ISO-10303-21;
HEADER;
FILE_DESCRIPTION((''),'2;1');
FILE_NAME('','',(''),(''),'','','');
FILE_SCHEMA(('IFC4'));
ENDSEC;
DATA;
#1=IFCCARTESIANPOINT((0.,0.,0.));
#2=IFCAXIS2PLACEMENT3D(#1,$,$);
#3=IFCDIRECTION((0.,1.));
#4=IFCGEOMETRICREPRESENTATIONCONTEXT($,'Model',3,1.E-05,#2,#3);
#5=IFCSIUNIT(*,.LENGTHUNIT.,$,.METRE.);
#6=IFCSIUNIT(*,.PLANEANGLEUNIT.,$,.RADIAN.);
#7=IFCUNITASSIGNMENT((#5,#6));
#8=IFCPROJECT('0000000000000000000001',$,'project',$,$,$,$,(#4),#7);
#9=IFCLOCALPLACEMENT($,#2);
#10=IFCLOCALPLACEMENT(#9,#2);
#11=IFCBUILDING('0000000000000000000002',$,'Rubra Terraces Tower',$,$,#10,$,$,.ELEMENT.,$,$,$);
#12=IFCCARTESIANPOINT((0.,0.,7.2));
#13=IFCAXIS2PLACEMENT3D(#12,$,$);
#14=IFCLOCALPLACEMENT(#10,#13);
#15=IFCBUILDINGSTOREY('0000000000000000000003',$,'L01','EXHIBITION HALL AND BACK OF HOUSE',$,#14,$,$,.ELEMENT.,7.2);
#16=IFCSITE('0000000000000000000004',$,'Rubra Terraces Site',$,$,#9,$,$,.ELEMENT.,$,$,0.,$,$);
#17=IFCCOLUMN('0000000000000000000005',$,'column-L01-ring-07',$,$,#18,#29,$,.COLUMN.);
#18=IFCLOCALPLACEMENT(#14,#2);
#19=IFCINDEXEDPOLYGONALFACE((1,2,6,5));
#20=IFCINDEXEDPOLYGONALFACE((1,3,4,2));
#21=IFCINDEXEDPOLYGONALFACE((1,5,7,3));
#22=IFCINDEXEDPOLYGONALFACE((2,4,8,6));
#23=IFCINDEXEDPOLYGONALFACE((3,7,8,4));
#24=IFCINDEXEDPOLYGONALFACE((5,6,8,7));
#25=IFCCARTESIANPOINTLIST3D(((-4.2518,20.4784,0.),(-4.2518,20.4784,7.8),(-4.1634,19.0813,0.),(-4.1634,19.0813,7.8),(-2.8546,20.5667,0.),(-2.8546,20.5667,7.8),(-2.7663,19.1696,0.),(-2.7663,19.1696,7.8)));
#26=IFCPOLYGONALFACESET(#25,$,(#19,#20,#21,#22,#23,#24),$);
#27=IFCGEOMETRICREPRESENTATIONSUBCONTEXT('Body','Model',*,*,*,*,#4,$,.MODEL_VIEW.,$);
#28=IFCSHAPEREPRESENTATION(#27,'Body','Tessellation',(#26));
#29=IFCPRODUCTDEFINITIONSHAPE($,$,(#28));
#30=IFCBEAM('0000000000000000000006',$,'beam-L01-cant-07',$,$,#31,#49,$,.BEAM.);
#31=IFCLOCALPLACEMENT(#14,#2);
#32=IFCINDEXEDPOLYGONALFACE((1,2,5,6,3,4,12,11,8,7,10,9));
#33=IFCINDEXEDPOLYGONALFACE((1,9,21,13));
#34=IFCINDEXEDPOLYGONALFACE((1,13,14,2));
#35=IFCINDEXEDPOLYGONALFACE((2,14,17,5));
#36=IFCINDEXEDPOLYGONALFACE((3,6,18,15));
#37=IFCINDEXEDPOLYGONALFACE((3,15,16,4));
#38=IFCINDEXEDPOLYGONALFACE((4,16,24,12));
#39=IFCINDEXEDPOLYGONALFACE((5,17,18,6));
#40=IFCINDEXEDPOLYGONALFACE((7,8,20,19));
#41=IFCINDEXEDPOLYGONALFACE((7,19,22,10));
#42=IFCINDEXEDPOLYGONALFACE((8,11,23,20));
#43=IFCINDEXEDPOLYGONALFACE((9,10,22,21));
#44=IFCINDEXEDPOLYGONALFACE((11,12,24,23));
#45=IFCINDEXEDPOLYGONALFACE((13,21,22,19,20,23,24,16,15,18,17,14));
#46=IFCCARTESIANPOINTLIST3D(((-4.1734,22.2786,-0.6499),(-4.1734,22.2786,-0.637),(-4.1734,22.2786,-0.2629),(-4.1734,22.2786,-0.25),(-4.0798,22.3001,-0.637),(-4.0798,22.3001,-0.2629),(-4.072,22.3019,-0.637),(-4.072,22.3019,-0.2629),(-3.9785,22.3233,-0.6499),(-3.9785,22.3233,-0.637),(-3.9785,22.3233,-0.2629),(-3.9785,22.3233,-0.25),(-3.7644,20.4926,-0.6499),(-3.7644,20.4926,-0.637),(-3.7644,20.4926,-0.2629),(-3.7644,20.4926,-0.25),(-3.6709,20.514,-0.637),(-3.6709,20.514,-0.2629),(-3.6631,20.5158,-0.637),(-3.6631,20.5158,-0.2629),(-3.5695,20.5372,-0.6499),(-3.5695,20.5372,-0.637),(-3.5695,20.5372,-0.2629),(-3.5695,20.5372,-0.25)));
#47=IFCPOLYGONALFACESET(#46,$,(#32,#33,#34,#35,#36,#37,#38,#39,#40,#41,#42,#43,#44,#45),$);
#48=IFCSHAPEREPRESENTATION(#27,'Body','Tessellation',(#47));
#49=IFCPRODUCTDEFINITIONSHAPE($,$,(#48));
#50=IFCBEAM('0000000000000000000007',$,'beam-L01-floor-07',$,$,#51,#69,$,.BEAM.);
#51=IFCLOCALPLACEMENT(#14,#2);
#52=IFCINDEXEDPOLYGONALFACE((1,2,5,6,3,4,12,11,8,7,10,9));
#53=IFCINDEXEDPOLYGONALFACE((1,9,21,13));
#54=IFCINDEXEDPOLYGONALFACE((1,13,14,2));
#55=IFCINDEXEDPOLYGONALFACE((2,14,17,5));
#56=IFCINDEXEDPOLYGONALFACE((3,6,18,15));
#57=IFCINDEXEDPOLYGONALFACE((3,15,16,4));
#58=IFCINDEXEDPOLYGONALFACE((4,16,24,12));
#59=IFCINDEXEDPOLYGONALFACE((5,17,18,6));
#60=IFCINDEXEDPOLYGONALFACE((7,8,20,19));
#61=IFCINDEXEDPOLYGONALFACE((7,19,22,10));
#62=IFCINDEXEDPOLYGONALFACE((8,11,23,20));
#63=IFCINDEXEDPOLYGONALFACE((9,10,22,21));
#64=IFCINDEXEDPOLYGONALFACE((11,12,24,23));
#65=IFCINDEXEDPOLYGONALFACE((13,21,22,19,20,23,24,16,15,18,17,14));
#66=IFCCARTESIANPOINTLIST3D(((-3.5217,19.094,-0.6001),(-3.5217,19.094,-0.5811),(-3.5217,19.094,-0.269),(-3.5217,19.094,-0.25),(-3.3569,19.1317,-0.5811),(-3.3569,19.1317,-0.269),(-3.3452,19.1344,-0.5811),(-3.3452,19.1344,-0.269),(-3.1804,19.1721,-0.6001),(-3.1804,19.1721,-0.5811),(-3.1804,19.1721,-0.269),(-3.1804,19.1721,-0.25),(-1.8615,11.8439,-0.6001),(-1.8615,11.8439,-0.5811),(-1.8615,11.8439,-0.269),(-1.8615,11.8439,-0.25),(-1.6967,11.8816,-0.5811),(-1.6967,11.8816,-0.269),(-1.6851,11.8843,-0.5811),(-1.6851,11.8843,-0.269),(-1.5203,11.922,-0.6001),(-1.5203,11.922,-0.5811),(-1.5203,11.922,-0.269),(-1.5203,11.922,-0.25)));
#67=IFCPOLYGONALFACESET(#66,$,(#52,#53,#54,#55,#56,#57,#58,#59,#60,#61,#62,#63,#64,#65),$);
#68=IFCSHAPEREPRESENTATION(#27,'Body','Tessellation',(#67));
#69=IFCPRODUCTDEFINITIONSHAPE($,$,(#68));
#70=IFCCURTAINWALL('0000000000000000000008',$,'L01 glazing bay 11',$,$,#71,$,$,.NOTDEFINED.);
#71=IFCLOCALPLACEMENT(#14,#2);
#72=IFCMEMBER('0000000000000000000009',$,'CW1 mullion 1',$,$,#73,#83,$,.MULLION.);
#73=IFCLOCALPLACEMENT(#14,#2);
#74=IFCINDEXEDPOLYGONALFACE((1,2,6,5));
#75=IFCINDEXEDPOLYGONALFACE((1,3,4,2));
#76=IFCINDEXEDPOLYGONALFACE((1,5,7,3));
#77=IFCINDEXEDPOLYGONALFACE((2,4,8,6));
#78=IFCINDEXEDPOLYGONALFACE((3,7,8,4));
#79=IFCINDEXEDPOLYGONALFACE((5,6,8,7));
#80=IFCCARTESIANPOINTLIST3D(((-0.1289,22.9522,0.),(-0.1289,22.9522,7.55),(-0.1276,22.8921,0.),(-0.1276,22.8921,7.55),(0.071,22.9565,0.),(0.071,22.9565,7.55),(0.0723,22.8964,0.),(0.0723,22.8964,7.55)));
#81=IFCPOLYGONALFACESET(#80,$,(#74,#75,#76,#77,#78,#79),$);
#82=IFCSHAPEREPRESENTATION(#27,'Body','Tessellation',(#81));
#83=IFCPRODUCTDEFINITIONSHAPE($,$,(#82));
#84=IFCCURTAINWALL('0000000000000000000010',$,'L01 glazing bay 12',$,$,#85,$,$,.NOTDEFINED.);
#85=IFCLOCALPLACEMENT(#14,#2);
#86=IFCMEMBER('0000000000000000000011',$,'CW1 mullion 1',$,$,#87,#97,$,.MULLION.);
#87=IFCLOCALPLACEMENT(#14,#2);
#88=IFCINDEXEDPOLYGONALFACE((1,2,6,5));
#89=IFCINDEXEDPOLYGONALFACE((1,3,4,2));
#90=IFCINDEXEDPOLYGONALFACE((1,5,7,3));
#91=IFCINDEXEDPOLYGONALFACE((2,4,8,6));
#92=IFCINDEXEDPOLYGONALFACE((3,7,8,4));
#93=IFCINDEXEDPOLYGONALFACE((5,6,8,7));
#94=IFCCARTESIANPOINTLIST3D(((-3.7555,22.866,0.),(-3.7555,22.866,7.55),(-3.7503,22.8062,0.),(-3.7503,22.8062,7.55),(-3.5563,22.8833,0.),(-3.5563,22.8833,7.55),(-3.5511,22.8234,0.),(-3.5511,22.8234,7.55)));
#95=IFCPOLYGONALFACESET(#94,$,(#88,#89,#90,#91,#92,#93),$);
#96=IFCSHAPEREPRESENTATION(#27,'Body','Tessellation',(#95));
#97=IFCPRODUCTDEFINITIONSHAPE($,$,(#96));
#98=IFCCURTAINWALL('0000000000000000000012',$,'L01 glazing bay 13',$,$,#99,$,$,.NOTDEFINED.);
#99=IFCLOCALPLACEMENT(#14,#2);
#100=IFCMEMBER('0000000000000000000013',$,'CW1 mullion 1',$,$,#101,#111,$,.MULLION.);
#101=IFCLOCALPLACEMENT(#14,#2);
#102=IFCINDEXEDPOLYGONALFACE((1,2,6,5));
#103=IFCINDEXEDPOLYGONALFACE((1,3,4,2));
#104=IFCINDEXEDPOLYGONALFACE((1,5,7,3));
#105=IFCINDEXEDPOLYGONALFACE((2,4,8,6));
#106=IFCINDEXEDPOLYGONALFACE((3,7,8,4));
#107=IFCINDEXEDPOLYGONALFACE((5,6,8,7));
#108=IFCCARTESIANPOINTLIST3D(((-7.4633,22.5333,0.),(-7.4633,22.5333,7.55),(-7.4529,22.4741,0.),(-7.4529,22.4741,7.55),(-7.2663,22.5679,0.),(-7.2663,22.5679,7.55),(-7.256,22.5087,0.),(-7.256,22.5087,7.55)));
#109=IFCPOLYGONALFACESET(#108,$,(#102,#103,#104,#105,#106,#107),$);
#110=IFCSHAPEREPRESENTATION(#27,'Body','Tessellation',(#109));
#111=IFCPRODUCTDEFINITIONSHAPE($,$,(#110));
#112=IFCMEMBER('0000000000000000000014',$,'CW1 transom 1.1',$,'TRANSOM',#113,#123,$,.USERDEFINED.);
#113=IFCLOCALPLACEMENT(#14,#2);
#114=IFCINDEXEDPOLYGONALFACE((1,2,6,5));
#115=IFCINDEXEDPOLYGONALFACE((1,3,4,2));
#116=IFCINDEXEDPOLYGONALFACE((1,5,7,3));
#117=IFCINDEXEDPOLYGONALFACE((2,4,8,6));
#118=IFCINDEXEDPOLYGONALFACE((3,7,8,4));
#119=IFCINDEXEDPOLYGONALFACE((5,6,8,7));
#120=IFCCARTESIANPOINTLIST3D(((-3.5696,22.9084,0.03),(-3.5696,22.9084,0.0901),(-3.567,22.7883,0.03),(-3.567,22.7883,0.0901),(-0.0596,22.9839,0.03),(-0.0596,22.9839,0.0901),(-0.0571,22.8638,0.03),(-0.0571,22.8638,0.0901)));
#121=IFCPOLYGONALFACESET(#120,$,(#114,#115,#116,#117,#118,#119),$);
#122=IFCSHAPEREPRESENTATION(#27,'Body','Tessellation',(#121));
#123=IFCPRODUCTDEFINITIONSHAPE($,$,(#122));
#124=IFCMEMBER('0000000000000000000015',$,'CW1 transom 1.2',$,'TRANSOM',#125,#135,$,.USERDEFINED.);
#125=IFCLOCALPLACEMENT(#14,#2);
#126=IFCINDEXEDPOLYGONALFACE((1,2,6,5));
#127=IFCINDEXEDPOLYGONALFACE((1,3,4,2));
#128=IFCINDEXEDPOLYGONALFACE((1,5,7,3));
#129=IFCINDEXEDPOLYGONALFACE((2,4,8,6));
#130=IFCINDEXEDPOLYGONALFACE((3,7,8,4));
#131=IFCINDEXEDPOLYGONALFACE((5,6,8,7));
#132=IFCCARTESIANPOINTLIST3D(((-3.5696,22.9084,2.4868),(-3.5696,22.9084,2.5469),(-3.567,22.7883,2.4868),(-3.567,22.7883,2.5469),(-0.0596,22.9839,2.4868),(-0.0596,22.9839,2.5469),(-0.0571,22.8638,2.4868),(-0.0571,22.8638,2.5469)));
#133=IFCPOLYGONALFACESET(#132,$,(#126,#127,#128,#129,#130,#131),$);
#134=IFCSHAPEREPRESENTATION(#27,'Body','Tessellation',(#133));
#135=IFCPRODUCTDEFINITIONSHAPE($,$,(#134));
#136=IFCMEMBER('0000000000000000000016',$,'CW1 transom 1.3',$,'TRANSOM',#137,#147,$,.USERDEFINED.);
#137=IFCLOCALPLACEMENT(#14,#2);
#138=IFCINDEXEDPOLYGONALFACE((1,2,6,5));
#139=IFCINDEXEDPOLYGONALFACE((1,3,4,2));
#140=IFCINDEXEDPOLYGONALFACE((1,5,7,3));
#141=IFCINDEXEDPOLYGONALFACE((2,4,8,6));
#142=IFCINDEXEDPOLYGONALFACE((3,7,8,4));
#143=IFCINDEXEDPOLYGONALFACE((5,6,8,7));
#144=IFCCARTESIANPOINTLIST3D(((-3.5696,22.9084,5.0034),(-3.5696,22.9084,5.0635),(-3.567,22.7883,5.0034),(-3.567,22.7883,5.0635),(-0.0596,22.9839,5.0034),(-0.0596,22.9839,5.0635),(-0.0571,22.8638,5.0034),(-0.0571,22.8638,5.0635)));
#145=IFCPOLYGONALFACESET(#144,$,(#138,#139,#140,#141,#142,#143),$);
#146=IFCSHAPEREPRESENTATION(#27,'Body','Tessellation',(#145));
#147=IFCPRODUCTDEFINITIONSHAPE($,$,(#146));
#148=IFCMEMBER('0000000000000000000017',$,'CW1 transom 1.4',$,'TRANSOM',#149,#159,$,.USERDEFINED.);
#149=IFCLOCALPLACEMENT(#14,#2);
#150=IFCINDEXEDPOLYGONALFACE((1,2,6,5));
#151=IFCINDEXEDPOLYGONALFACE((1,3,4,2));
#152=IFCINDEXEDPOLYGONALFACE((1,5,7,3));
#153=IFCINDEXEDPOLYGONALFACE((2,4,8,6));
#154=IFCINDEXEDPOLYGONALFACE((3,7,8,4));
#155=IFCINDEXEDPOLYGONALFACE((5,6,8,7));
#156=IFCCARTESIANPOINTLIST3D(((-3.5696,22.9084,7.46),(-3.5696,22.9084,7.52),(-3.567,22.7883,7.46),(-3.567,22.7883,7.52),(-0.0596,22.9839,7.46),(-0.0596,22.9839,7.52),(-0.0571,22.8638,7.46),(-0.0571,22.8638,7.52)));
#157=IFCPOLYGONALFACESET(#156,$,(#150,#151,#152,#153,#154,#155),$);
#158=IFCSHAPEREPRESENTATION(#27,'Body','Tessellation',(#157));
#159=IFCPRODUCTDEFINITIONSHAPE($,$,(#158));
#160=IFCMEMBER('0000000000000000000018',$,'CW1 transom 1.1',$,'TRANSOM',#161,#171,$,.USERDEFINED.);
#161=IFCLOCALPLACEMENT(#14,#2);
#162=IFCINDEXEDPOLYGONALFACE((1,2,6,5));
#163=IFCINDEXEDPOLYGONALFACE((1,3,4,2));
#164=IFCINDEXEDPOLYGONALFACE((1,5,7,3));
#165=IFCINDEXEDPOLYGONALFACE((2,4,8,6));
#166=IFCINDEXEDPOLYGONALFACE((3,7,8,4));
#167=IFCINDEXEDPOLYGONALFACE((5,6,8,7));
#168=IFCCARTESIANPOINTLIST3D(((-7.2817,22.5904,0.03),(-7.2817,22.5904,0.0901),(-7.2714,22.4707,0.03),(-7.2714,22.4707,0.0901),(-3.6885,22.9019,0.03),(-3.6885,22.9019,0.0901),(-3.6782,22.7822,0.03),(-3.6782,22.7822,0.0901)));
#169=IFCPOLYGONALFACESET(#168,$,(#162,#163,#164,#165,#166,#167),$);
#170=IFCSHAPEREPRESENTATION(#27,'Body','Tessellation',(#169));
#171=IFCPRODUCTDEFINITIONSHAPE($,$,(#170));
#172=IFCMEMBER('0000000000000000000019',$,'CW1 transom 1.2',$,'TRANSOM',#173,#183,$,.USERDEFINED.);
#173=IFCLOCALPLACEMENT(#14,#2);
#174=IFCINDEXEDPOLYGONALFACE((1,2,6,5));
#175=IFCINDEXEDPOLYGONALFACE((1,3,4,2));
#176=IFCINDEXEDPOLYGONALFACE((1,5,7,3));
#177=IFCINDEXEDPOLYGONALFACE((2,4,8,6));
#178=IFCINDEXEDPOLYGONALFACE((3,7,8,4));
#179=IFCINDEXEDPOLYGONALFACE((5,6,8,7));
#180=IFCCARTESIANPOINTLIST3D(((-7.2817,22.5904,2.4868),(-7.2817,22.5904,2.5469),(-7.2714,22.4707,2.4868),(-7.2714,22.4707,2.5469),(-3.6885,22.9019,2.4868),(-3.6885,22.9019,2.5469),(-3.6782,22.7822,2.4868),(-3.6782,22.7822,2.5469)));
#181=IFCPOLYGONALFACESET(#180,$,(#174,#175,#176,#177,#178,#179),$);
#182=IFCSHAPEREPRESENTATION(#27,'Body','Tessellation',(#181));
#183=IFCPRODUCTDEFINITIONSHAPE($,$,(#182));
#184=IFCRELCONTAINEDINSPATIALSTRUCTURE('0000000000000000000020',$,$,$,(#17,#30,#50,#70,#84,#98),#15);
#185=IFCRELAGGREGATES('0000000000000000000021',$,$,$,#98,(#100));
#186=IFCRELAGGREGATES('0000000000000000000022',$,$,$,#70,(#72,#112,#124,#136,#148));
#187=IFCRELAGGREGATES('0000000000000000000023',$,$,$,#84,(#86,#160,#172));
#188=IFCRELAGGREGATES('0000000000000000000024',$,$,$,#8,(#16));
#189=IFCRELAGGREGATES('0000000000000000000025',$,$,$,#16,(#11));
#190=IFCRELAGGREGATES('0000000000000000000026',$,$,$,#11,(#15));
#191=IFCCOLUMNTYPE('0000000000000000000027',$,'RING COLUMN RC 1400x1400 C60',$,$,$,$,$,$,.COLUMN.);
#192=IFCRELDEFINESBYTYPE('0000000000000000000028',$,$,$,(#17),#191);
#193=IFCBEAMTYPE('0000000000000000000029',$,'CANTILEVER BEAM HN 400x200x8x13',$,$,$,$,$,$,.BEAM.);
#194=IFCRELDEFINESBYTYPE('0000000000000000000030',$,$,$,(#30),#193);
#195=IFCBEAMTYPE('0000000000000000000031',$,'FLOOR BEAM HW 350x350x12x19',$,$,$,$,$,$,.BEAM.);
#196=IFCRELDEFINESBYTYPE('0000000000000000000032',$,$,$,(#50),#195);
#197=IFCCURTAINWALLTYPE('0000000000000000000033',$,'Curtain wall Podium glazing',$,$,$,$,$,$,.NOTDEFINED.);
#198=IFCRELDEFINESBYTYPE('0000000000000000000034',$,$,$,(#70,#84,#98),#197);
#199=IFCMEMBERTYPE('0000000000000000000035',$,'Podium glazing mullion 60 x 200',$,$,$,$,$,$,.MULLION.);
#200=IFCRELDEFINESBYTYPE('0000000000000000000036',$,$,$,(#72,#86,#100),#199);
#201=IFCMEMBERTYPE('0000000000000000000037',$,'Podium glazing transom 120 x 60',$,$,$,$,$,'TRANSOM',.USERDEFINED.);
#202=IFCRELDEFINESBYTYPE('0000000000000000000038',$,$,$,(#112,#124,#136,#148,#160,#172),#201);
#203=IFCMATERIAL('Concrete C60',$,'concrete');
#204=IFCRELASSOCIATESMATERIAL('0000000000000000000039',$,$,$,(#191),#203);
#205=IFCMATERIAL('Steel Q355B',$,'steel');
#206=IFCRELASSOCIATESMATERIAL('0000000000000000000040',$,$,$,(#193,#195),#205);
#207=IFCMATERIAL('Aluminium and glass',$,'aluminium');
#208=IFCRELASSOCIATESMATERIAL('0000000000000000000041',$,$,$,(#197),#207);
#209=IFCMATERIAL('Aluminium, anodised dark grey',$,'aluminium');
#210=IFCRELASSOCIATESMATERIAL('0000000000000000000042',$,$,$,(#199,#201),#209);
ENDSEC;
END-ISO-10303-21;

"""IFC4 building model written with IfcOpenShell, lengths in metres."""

from ifc_helpers import new_model, si_unit, direction, frame, origin, origin_2d, place, context, subcontext, project, spatial, rectangle, i_section, extrude, material, material_profile, profile_set, type_object, element, aggregate, save


model = new_model("IFC4")

# Units and contexts
model_context = context("Model", 3, precision=1e-05, world=origin(), true_north=direction((0.0, 1.0)))
body_context = subcontext(model_context, "Body", "Model", "MODEL_VIEW")
ifc_project = project(units=[si_unit("LENGTHUNIT", "METRE"), si_unit("PLANEANGLEUNIT", "RADIAN")], contexts=[model_context])

# Site, building, storey
site_placement = place(None, origin())
site = spatial("IfcSite", under=ifc_project, at=site_placement, Name="Rubra Terraces Site", CompositionType="ELEMENT", RefElevation=0.0)
building_placement = place(site_placement, origin())
building = spatial("IfcBuilding", under=site, at=building_placement, Name="Rubra Terraces Tower", CompositionType="ELEMENT")
storey_placement = place(building_placement, frame((0.0, 0.0, 7.2)))
storey = spatial("IfcBuildingStorey", under=building, at=storey_placement, Name="L01", Description="EXHIBITION HALL AND BACK OF HOUSE", CompositionType="ELEMENT", Elevation=7.2)

# Column
ifc_material_1 = material(Name="Concrete C60", Category="concrete")
ifc_material_profile_1 = material_profile(ifc_material_1, rectangle(XDim=1.3999, YDim=1.3999, at=origin_2d()), Name="RC 1400x1400")
ifc_profile_set_1 = profile_set([ifc_material_profile_1], Name="Concrete C60")
column_type = type_object("IfcColumnType", Name="RING COLUMN RC 1400x1400 C60", PredefinedType="COLUMN", material=ifc_profile_set_1)
column_placement = place(storey_placement, frame((-3.509, 19.824, 0.0), z_axis=(0.0, 0.0, 1.0), x_axis=(-0.998008, -0.063094, 0.0)))
element("IfcColumn", 1, at=column_placement, inside=storey, type_object=column_type, Name="column-L01-ring-07", PredefinedType="COLUMN", context=body_context, shape_type="SweptSolid", body=[
    extrude(rectangle(XDim=1.3999, YDim=1.3999, at=origin_2d()), origin(), (0.0, 0.0, 1.0), 7.8),
])

# Beams
ifc_material_2 = material(Name="Steel Q355B", Category="steel")
ifc_material_profile_2 = material_profile(ifc_material_2, i_section(OverallWidth=0.2, OverallDepth=0.3999, WebThickness=0.0081, FlangeThickness=0.0129, at=origin_2d()), Name="HN 400x200x8x13")
ifc_profile_set_2 = profile_set([ifc_material_profile_2], Name="Steel Q355B")
beam_type_1 = type_object("IfcBeamType", Name="CANTILEVER BEAM HN 400x200x8x13", PredefinedType="BEAM", material=ifc_profile_set_2)
beam_1_placement = place(storey_placement, frame((-3.667, 20.5149, -0.45), z_axis=(-0.223176, 0.974778, 0.0), x_axis=(-0.974778, -0.223176, 0.0)))
element("IfcBeam", 2, at=beam_1_placement, inside=storey, type_object=beam_type_1, Name="beam-L01-cant-07", PredefinedType="BEAM", context=body_context, shape_type="SweptSolid", body=[
    extrude(i_section(OverallWidth=0.2, OverallDepth=0.3999, WebThickness=0.0081, FlangeThickness=0.0129, at=origin_2d()), origin(), (0.0, 0.0, 1.0), 1.8323),
])
ifc_material_profile_3 = material_profile(ifc_material_2, i_section(OverallWidth=0.3501, OverallDepth=0.3501, WebThickness=0.012, FlangeThickness=0.019, at=origin_2d()), Name="HW 350x350x12x19")
ifc_profile_set_3 = profile_set([ifc_material_profile_3], Name="Steel Q355B")
beam_type_2 = type_object("IfcBeamType", Name="FLOOR BEAM HW 350x350x12x19", PredefinedType="BEAM", material=ifc_profile_set_3)
beam_2_placement = place(storey_placement, frame((-3.3511, 19.1331, -0.425), z_axis=(0.22321, -0.97477, 0.0), x_axis=(0.97477, 0.22321, 0.0)))
element("IfcBeam", 3, at=beam_2_placement, inside=storey, type_object=beam_type_2, Name="beam-L01-floor-07", PredefinedType="BEAM", context=body_context, shape_type="SweptSolid", body=[
    extrude(i_section(OverallWidth=0.3501, OverallDepth=0.3501, WebThickness=0.012, FlangeThickness=0.019, at=origin_2d()), origin(), (0.0, 0.0, 1.0), 7.4377),
])

# Curtain walls, members
ifc_material_3 = material(Name="Aluminium and glass", Category="aluminium")
curtain_wall_type = type_object("IfcCurtainWallType", Name="Curtain wall Podium glazing", PredefinedType="NOTDEFINED", material=ifc_material_3)
curtain_wall_1_placement = place(storey_placement, origin())
curtain_wall_1 = element("IfcCurtainWall", 4, at=curtain_wall_1_placement, inside=storey, type_object=curtain_wall_type, Name="L01 glazing bay 11", PredefinedType="NOTDEFINED")
ifc_material_4 = material(Name="Aluminium, anodised dark grey", Category="aluminium")
ifc_material_profile_4 = material_profile(ifc_material_4, rectangle(XDim=0.0601, YDim=0.2, at=origin_2d()), Name="AL 60x200")
ifc_profile_set_4 = profile_set([ifc_material_profile_4], Name="Aluminium, anodised dark grey")
member_type_1 = type_object("IfcMemberType", Name="Podium glazing mullion 60 x 200", PredefinedType="MULLION", material=ifc_profile_set_4)
member_1_placement = place(storey_placement, frame((-0.0283, 22.9243, 0.0), z_axis=(0.0, 0.0, 1.0), x_axis=(0.021483, -0.999769, 0.0)))
member_1 = element("IfcMember", 5, at=member_1_placement, type_object=member_type_1, Name="CW1 mullion 1", PredefinedType="MULLION", context=body_context, shape_type="SweptSolid", body=[
    extrude(rectangle(XDim=0.0601, YDim=0.2, at=origin_2d()), origin(), (0.0, 0.0, 1.0), 7.55),
])
curtain_wall_2_placement = place(storey_placement, origin())
curtain_wall_2 = element("IfcCurtainWall", 6, at=curtain_wall_2_placement, inside=storey, type_object=curtain_wall_type, Name="L01 glazing bay 12", PredefinedType="NOTDEFINED")
member_2_placement = place(storey_placement, frame((-3.6533, 22.8447, 0.0), z_axis=(0.0, 0.0, 1.0), x_axis=(0.086398, -0.996261, 0.0)))
member_2 = element("IfcMember", 7, at=member_2_placement, type_object=member_type_1, Name="CW1 mullion 1", PredefinedType="MULLION", context=body_context, shape_type="SweptSolid", body=[
    extrude(rectangle(XDim=0.0601, YDim=0.2, at=origin_2d()), origin(), (0.0, 0.0, 1.0), 7.55),
])
curtain_wall_3_placement = place(storey_placement, origin())
curtain_wall_3 = element("IfcCurtainWall", 8, at=curtain_wall_3_placement, inside=storey, type_object=curtain_wall_type, Name="L01 glazing bay 13", PredefinedType="NOTDEFINED")
member_3_placement = place(storey_placement, frame((-7.3596, 22.521, 0.0), z_axis=(0.0, 0.0, 1.0), x_axis=(0.172817, -0.984954, 0.0)))
member_3 = element("IfcMember", 9, at=member_3_placement, type_object=member_type_1, Name="CW1 mullion 1", PredefinedType="MULLION", context=body_context, shape_type="SweptSolid", body=[
    extrude(rectangle(XDim=0.0601, YDim=0.2, at=origin_2d()), origin(), (0.0, 0.0, 1.0), 7.55),
])

# Members
ifc_material_profile_5 = material_profile(ifc_material_4, rectangle(XDim=0.1201, YDim=0.0601, at=origin_2d()), Name="AL 120x60")
ifc_profile_set_5 = profile_set([ifc_material_profile_5], Name="Aluminium, anodised dark grey")
member_type_2 = type_object("IfcMemberType", Name="Podium glazing transom 120 x 60", ElementType="TRANSOM", PredefinedType="USERDEFINED", material=ifc_profile_set_5)
member_4_placement = place(storey_placement, frame((-0.0583, 22.9238, 0.0601), z_axis=(-0.999769, -0.021488, 0.0), x_axis=(0.021488, -0.999769, 0.0)))
member_4 = element("IfcMember", 10, at=member_4_placement, type_object=member_type_2, Name="CW1 transom 1.1", ObjectType="TRANSOM", PredefinedType="USERDEFINED", context=body_context, shape_type="SweptSolid", body=[
    extrude(rectangle(XDim=0.1201, YDim=0.0601, at=origin_2d()), origin(), (0.0, 0.0, 1.0), 3.5107),
])
member_5_placement = place(storey_placement, frame((-0.0583, 22.9238, 2.5168), z_axis=(-0.999769, -0.021488, 0.0), x_axis=(0.021488, -0.999769, 0.0)))
member_5 = element("IfcMember", 11, at=member_5_placement, type_object=member_type_2, Name="CW1 transom 1.2", ObjectType="TRANSOM", PredefinedType="USERDEFINED", context=body_context, shape_type="SweptSolid", body=[
    extrude(rectangle(XDim=0.1201, YDim=0.0601, at=origin_2d()), origin(), (0.0, 0.0, 1.0), 3.5107),
])
member_6_placement = place(storey_placement, frame((-0.0583, 22.9238, 5.0334), z_axis=(-0.999769, -0.021488, 0.0), x_axis=(0.021488, -0.999769, 0.0)))
member_6 = element("IfcMember", 12, at=member_6_placement, type_object=member_type_2, Name="CW1 transom 1.3", ObjectType="TRANSOM", PredefinedType="USERDEFINED", context=body_context, shape_type="SweptSolid", body=[
    extrude(rectangle(XDim=0.1201, YDim=0.0601, at=origin_2d()), origin(), (0.0, 0.0, 1.0), 3.5107),
])
member_7_placement = place(storey_placement, frame((-0.0583, 22.9238, 7.49), z_axis=(-0.999769, -0.021488, 0.0), x_axis=(0.021488, -0.999769, 0.0)))
member_7 = element("IfcMember", 13, at=member_7_placement, type_object=member_type_2, Name="CW1 transom 1.4", ObjectType="TRANSOM", PredefinedType="USERDEFINED", context=body_context, shape_type="SweptSolid", body=[
    extrude(rectangle(XDim=0.1201, YDim=0.0601, at=origin_2d()), origin(), (0.0, 0.0, 1.0), 3.5107),
])
member_8_placement = place(storey_placement, frame((-3.6833, 22.842, 0.0601), z_axis=(-0.996263, -0.086373, 0.0), x_axis=(0.086373, -0.996263, 0.0)))
member_8 = element("IfcMember", 14, at=member_8_placement, type_object=member_type_2, Name="CW1 transom 1.1", ObjectType="TRANSOM", PredefinedType="USERDEFINED", context=body_context, shape_type="SweptSolid", body=[
    extrude(rectangle(XDim=0.1201, YDim=0.0601, at=origin_2d()), origin(), (0.0, 0.0, 1.0), 3.6067),
])
member_9_placement = place(storey_placement, frame((-3.6833, 22.842, 2.5168), z_axis=(-0.996263, -0.086373, 0.0), x_axis=(0.086373, -0.996263, 0.0)))
member_9 = element("IfcMember", 15, at=member_9_placement, type_object=member_type_2, Name="CW1 transom 1.2", ObjectType="TRANSOM", PredefinedType="USERDEFINED", context=body_context, shape_type="SweptSolid", body=[
    extrude(rectangle(XDim=0.1201, YDim=0.0601, at=origin_2d()), origin(), (0.0, 0.0, 1.0), 3.6067),
])
aggregate(curtain_wall_3, [member_3])

aggregate(curtain_wall_1, [member_1, member_4, member_5, member_6, member_7])
aggregate(curtain_wall_2, [member_2, member_8, member_9])

save(model, "model.ifc")
